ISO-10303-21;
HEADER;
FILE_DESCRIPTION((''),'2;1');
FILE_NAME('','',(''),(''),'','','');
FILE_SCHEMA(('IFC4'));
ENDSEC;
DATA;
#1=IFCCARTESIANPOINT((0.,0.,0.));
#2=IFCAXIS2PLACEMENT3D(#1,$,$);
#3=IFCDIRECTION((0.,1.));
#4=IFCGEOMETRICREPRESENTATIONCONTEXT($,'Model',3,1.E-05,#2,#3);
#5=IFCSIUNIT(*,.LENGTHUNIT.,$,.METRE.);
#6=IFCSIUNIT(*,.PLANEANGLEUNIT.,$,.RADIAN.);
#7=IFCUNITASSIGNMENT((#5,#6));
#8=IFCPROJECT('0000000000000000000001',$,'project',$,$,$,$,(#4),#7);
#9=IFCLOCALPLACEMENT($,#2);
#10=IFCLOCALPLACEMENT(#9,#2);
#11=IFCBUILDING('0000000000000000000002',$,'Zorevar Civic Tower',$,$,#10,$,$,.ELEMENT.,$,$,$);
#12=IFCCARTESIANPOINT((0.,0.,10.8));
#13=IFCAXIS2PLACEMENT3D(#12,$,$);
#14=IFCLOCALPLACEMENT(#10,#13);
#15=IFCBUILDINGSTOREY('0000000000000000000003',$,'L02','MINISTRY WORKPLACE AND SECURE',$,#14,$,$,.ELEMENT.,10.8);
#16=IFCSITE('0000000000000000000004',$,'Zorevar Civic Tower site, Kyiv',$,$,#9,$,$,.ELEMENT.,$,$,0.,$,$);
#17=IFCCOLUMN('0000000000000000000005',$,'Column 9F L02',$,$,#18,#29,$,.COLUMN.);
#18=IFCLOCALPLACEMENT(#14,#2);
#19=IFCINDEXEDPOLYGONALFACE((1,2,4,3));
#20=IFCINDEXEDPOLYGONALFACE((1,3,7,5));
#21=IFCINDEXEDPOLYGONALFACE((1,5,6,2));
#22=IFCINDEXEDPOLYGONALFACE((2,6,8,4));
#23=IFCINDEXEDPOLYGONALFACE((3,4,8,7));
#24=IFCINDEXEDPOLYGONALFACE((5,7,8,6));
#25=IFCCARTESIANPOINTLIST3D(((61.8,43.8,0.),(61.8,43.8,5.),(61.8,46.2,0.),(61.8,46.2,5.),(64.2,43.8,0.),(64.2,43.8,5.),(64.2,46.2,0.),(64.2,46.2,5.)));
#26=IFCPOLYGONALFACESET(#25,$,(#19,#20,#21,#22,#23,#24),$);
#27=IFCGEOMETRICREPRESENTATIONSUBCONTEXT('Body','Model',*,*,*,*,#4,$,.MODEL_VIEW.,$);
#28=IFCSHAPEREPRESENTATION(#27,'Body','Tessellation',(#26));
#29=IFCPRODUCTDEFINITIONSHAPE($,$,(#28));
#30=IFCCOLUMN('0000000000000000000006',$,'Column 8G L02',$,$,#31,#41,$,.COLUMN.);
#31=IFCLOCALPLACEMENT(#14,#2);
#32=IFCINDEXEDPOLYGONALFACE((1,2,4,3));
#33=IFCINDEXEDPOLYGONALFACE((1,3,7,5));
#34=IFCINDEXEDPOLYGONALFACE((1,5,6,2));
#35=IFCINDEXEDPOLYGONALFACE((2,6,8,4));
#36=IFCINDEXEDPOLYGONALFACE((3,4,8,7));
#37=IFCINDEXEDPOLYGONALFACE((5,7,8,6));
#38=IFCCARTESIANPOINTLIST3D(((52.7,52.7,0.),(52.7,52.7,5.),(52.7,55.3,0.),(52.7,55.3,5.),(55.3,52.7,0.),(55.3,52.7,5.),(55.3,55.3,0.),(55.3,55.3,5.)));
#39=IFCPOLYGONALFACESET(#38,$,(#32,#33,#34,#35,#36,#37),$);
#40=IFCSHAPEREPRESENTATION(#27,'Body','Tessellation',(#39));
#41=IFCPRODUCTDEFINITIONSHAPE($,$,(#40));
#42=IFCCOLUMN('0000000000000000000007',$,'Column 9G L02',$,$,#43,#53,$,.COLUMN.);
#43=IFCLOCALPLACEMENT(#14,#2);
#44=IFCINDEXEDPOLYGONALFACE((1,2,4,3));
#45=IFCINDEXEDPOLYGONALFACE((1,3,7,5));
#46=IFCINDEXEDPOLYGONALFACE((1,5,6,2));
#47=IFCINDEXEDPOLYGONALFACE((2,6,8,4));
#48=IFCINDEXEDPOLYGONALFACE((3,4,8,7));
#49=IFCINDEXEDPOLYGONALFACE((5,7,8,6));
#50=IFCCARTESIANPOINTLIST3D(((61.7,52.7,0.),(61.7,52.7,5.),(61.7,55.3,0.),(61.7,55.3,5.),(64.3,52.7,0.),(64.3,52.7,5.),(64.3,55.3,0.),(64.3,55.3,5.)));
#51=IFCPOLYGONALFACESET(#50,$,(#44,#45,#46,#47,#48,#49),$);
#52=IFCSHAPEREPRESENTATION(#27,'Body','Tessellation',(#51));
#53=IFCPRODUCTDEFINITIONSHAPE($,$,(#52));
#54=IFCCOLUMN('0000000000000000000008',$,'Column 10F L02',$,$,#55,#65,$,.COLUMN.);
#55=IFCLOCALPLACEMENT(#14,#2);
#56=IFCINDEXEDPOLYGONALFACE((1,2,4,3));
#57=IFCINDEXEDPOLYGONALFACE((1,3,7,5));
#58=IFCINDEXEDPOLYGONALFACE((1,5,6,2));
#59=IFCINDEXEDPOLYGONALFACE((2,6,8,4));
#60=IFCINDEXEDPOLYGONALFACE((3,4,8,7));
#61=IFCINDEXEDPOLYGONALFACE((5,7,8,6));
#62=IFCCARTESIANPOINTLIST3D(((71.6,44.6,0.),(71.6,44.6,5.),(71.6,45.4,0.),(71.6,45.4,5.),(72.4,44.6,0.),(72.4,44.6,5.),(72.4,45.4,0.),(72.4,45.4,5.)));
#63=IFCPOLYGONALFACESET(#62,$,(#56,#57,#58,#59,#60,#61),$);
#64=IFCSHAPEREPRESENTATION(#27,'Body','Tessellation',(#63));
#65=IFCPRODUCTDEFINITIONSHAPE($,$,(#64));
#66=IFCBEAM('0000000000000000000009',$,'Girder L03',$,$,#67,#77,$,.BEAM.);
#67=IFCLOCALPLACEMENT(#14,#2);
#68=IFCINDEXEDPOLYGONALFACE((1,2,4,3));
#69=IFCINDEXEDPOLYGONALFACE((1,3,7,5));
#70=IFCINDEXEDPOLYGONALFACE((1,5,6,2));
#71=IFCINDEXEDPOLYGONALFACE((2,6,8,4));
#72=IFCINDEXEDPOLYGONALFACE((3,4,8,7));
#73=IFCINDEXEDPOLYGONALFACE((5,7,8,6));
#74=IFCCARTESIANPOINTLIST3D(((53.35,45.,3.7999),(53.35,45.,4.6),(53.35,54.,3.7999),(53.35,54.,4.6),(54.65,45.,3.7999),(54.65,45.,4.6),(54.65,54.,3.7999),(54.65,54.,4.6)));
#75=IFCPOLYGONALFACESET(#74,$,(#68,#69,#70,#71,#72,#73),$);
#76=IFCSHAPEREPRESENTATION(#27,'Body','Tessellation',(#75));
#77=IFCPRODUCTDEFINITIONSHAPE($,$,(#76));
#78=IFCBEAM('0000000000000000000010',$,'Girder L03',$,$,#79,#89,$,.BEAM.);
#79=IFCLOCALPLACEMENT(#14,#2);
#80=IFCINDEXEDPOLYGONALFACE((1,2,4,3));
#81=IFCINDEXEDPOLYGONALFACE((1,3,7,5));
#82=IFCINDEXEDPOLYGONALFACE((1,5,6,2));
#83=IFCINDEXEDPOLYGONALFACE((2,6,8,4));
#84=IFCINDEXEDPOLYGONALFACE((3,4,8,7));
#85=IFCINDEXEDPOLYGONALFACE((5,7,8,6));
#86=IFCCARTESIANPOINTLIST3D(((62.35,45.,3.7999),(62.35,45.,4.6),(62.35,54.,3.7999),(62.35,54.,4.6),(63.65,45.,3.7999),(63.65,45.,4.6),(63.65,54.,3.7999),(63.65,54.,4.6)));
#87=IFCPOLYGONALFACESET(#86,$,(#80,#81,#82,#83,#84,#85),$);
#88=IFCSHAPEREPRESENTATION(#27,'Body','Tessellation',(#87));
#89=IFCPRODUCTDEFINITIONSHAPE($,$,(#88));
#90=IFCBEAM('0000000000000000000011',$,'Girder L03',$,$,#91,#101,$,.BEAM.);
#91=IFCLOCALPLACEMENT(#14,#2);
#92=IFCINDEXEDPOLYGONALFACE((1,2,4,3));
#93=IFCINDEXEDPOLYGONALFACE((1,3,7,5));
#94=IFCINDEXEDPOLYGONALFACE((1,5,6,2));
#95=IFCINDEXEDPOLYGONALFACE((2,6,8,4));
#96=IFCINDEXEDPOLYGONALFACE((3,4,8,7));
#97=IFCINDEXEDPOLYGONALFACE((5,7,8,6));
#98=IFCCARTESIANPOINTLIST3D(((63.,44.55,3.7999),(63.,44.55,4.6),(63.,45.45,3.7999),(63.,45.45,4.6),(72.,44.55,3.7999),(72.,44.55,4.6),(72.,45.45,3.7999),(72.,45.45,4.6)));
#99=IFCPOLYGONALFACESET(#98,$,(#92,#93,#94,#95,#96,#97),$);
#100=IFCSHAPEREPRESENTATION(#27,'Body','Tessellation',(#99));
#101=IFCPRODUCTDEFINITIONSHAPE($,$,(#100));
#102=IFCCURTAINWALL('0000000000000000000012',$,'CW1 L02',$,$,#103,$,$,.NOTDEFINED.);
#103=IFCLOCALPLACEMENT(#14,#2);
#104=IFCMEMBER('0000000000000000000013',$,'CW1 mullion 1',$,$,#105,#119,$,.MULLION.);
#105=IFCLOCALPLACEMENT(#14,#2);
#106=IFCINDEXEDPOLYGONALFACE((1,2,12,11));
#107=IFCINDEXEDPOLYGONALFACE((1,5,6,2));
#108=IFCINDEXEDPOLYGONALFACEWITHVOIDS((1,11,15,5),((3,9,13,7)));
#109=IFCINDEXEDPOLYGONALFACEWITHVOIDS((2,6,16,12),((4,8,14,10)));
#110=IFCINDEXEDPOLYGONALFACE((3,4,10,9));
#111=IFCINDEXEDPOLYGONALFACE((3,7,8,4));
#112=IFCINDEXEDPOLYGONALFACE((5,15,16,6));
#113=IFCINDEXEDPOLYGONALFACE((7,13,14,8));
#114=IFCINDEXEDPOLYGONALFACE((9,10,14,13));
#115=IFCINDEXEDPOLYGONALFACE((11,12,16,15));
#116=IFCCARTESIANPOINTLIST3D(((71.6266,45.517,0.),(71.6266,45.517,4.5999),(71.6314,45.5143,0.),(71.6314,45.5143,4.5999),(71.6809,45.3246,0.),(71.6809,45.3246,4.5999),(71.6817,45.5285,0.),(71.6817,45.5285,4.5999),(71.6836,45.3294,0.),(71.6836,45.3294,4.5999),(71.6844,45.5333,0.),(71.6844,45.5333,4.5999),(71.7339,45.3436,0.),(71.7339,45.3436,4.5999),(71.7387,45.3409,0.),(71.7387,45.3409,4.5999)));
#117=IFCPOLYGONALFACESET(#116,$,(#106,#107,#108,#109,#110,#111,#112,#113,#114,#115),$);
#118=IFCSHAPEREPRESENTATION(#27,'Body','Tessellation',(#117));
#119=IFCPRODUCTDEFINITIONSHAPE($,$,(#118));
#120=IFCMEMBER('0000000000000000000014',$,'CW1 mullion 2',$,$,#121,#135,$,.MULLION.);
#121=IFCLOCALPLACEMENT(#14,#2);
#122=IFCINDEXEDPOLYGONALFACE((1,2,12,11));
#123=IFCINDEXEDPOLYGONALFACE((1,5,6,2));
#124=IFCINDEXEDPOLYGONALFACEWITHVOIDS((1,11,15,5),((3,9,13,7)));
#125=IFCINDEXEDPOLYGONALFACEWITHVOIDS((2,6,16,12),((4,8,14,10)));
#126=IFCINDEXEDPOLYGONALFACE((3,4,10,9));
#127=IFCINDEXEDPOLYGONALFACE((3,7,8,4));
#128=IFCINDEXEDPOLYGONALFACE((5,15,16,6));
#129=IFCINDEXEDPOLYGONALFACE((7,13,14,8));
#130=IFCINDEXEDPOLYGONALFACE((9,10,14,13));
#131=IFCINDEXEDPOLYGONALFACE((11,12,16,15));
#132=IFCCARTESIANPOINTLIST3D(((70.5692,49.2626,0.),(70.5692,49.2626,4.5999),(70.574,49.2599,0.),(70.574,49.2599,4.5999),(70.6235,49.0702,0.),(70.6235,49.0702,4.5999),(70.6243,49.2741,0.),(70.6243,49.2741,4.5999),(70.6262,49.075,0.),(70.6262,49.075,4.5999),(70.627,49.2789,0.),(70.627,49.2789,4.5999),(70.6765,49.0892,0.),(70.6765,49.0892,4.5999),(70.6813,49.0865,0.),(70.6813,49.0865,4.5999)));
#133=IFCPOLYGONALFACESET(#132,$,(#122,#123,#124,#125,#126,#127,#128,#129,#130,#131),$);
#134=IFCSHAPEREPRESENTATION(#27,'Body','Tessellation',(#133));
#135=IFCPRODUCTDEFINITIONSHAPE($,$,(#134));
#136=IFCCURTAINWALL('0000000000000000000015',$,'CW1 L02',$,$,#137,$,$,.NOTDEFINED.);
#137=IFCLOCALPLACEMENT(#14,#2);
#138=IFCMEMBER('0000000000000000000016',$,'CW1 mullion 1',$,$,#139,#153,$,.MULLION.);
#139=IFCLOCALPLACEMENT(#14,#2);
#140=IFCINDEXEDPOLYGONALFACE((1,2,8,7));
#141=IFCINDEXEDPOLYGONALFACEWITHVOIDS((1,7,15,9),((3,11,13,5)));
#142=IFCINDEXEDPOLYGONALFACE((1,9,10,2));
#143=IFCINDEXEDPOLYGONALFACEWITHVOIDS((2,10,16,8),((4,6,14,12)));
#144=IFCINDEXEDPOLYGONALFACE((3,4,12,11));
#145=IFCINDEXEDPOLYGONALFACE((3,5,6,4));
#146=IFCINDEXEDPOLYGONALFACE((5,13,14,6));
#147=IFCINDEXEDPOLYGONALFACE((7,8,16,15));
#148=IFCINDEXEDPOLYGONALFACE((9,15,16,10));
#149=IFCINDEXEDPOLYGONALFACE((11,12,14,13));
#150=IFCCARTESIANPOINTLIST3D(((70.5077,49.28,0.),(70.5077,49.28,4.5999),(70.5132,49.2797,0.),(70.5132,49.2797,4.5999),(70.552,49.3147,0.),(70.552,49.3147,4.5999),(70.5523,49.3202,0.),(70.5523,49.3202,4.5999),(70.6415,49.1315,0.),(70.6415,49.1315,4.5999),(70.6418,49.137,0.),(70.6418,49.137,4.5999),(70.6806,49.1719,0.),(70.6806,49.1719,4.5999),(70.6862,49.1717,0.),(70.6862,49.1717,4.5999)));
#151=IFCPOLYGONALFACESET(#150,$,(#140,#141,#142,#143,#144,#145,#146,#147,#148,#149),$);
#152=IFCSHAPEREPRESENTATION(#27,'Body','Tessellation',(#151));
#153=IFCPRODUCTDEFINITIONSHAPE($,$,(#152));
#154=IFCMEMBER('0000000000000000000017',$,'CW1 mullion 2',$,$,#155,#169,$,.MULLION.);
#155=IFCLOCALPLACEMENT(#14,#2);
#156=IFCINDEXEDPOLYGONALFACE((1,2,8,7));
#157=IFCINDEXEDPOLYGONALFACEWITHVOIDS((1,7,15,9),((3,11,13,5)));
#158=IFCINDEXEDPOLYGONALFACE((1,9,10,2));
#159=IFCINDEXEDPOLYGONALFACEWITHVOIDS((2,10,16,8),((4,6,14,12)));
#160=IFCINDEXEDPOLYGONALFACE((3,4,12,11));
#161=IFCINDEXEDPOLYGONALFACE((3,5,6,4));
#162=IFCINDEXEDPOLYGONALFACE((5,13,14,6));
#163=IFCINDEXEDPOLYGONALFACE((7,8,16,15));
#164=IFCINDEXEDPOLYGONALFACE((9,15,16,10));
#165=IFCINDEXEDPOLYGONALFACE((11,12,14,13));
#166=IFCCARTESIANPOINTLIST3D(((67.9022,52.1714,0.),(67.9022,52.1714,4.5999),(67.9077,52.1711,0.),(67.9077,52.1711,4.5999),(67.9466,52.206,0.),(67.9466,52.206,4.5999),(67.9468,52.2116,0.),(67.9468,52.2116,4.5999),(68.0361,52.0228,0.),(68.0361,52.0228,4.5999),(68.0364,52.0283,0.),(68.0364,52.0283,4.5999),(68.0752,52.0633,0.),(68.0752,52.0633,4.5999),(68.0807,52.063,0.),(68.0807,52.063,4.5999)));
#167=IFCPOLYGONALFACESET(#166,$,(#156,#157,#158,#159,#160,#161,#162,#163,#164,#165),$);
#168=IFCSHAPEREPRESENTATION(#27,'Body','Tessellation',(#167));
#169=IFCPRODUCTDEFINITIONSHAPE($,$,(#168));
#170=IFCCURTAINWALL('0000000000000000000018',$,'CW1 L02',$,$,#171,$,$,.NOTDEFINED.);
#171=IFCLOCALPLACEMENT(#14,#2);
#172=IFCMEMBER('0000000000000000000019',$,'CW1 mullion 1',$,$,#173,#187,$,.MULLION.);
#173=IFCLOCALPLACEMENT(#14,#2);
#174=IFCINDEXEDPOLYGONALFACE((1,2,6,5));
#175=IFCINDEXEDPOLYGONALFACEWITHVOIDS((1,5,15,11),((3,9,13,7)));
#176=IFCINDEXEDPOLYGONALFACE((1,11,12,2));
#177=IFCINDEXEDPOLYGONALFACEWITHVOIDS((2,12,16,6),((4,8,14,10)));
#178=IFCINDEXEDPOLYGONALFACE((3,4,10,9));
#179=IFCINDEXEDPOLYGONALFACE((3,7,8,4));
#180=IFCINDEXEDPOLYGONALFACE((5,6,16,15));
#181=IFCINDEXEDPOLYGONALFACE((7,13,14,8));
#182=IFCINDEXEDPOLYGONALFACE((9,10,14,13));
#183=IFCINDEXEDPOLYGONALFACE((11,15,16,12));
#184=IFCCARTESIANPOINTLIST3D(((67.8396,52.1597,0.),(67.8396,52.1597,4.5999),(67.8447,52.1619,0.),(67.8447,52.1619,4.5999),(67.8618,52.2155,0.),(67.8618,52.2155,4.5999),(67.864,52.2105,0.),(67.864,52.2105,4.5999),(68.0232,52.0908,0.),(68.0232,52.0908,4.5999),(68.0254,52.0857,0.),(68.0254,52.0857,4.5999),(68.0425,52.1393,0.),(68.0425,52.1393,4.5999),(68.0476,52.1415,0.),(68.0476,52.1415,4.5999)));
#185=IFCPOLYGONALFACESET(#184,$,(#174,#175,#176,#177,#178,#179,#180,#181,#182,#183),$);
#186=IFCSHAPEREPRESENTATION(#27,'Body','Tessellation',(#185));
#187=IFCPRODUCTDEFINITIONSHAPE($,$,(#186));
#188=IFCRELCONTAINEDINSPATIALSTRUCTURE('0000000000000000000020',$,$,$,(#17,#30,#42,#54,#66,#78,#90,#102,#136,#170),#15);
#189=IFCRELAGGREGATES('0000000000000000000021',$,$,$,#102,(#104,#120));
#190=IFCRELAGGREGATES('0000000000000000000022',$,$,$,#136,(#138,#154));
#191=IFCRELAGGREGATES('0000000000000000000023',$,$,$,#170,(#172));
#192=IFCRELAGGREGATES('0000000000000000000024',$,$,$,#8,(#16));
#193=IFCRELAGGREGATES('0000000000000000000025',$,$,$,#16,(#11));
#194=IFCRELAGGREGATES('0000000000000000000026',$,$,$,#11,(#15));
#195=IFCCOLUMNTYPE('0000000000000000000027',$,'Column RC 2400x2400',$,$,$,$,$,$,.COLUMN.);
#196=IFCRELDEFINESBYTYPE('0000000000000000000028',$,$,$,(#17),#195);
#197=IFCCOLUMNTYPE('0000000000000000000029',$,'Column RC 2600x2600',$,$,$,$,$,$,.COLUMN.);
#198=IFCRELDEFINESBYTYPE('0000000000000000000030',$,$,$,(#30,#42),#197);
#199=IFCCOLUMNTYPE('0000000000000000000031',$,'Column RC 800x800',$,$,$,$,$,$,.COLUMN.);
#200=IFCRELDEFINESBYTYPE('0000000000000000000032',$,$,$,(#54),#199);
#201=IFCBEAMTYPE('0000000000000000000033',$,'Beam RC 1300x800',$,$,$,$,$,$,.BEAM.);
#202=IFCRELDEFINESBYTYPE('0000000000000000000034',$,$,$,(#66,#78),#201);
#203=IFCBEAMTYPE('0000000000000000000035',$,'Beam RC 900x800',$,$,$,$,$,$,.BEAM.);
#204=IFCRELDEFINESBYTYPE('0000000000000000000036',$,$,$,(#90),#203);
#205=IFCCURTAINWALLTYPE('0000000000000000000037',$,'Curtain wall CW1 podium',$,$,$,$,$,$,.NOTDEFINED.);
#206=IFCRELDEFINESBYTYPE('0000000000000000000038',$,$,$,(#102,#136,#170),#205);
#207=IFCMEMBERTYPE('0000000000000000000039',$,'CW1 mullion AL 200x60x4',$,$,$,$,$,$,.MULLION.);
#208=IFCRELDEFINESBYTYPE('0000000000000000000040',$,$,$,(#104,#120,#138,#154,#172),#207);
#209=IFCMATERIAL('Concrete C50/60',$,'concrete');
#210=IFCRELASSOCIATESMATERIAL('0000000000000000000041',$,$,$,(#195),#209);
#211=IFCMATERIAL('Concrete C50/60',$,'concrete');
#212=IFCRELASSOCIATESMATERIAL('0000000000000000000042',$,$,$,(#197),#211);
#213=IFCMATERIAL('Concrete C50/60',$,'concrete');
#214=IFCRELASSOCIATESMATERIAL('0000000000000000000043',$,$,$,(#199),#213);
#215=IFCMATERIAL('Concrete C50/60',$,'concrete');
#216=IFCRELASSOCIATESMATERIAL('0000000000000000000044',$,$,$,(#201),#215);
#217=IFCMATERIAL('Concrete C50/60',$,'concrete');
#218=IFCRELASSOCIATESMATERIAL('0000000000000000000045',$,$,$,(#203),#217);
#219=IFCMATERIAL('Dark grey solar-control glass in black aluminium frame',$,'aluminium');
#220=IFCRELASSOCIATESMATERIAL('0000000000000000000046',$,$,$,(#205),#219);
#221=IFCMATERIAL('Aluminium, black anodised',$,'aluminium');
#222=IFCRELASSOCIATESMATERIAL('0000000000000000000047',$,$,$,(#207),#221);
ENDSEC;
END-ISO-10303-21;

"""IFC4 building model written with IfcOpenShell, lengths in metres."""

from ifc_helpers import new_model, si_unit, direction, frame, origin, origin_2d, place, context, subcontext, project, spatial, rectangle, hollow_rectangle, extrude, material, material_profile, profile_set, type_object, element, aggregate, save


model = new_model("IFC4")

# Units and contexts
model_context = context("Model", 3, precision=1e-05, world=origin(), true_north=direction((0.0, 1.0)))
body_context = subcontext(model_context, "Body", "Model", "MODEL_VIEW")
ifc_project = project(units=[si_unit("LENGTHUNIT", "METRE"), si_unit("PLANEANGLEUNIT", "RADIAN")], contexts=[model_context])

# Site, building, storey
site_placement = place(None, origin())
site = spatial("IfcSite", under=ifc_project, at=site_placement, Name="Zorevar Civic Tower site, Kyiv", CompositionType="ELEMENT", RefElevation=0.0)
building_placement = place(site_placement, origin())
building = spatial("IfcBuilding", under=site, at=building_placement, Name="Zorevar Civic Tower", CompositionType="ELEMENT")
storey_placement = place(building_placement, frame((0.0, 0.0, 10.8)))
storey = spatial("IfcBuildingStorey", under=building, at=storey_placement, Name="L02", Description="MINISTRY WORKPLACE AND SECURE", CompositionType="ELEMENT", Elevation=10.8)

# Columns
ifc_material_1 = material(Name="Concrete C50/60", Category="concrete")
ifc_material_profile_1 = material_profile(ifc_material_1, rectangle(XDim=2.3999, YDim=2.3999, at=origin_2d()), Name="RC 2400x2400")
ifc_profile_set_1 = profile_set([ifc_material_profile_1], Name="Concrete C50/60")
column_type_1 = type_object("IfcColumnType", Name="Column RC 2400x2400", PredefinedType="COLUMN", material=ifc_profile_set_1)
column_1_placement = place(storey_placement, frame((63.0, 45.0, 0.0), z_axis=(0.0, 0.0, 1.0), x_axis=(1.0, 0.0, 0.0)))
element("IfcColumn", 1, at=column_1_placement, inside=storey, type_object=column_type_1, Name="Column 9F L02", PredefinedType="COLUMN", context=body_context, shape_type="SweptSolid", body=[
    extrude(rectangle(XDim=2.3999, YDim=2.3999, at=origin_2d()), origin(), (0.0, 0.0, 1.0), 5.0),
])
ifc_material_2 = material(Name="Concrete C50/60", Category="concrete")
ifc_material_profile_2 = material_profile(ifc_material_2, rectangle(XDim=2.6001, YDim=2.6001, at=origin_2d()), Name="RC 2600x2600")
ifc_profile_set_2 = profile_set([ifc_material_profile_2], Name="Concrete C50/60")
column_type_2 = type_object("IfcColumnType", Name="Column RC 2600x2600", PredefinedType="COLUMN", material=ifc_profile_set_2)
for number, where, z_axis, x_axis, name in (
    (2, (54.0, 54.0, 0.0), (0.0, 0.0, 1.0), (1.0, 0.0, 0.0), "Column 8G L02"),
    (3, (63.0, 54.0, 0.0), (0.0, 0.0, 1.0), (1.0, 0.0, 0.0), "Column 9G L02"),
):
    element("IfcColumn", number, at=place(storey_placement, frame(where, z_axis=z_axis, x_axis=x_axis)), inside=storey, type_object=column_type_2, Name=name, PredefinedType="COLUMN", context=body_context, shape_type="SweptSolid", body=[
        extrude(rectangle(XDim=2.6001, YDim=2.6001, at=origin_2d()), origin(), (0.0, 0.0, 1.0), 5.0),
    ])
ifc_material_3 = material(Name="Concrete C50/60", Category="concrete")
ifc_material_profile_3 = material_profile(ifc_material_3, rectangle(XDim=0.8, YDim=0.8, at=origin_2d()), Name="RC 800x800")
ifc_profile_set_3 = profile_set([ifc_material_profile_3], Name="Concrete C50/60")
column_type_3 = type_object("IfcColumnType", Name="Column RC 800x800", PredefinedType="COLUMN", material=ifc_profile_set_3)
column_2_placement = place(storey_placement, frame((72.0, 45.0, 0.0), z_axis=(0.0, 0.0, 1.0), x_axis=(1.0, 0.0, 0.0)))
element("IfcColumn", 4, at=column_2_placement, inside=storey, type_object=column_type_3, Name="Column 10F L02", PredefinedType="COLUMN", context=body_context, shape_type="SweptSolid", body=[
    extrude(rectangle(XDim=0.8, YDim=0.8, at=origin_2d()), origin(), (0.0, 0.0, 1.0), 5.0),
])

# Beams
ifc_material_4 = material(Name="Concrete C50/60", Category="concrete")
ifc_material_profile_4 = material_profile(ifc_material_4, rectangle(XDim=1.3, YDim=0.8, at=origin_2d()), Name="RC 1300x800")
ifc_profile_set_4 = profile_set([ifc_material_profile_4], Name="Concrete C50/60")
beam_type_1 = type_object("IfcBeamType", Name="Beam RC 1300x800", PredefinedType="BEAM", material=ifc_profile_set_4)
for number, where, z_axis, x_axis, name in (
    (5, (54.0, 45.0, 4.2), (0.0, 1.0, 0.0), (-1.0, 0.0, 0.0), "Girder L03"),
    (6, (63.0, 45.0, 4.2), (0.0, 1.0, 0.0), (-1.0, 0.0, 0.0), "Girder L03"),
):
    element("IfcBeam", number, at=place(storey_placement, frame(where, z_axis=z_axis, x_axis=x_axis)), inside=storey, type_object=beam_type_1, Name=name, PredefinedType="BEAM", context=body_context, shape_type="SweptSolid", body=[
        extrude(rectangle(XDim=1.3, YDim=0.8, at=origin_2d()), origin(), (0.0, 0.0, 1.0), 9.0),
    ])
ifc_material_5 = material(Name="Concrete C50/60", Category="concrete")
ifc_material_profile_5 = material_profile(ifc_material_5, rectangle(XDim=0.8999, YDim=0.8, at=origin_2d()), Name="RC 900x800")
ifc_profile_set_5 = profile_set([ifc_material_profile_5], Name="Concrete C50/60")
beam_type_2 = type_object("IfcBeamType", Name="Beam RC 900x800", PredefinedType="BEAM", material=ifc_profile_set_5)
beam_1_placement = place(storey_placement, frame((63.0, 45.0, 4.2), z_axis=(1.0, 0.0, 0.0), x_axis=(0.0, 1.0, 0.0)))
element("IfcBeam", 7, at=beam_1_placement, inside=storey, type_object=beam_type_2, Name="Girder L03", PredefinedType="BEAM", context=body_context, shape_type="SweptSolid", body=[
    extrude(rectangle(XDim=0.8999, YDim=0.8, at=origin_2d()), origin(), (0.0, 0.0, 1.0), 9.0),
])

# Curtain walls, members
ifc_material_6 = material(Name="Dark grey solar-control glass in black aluminium frame", Category="aluminium")
curtain_wall_type = type_object("IfcCurtainWallType", Name="Curtain wall CW1 podium", PredefinedType="NOTDEFINED", material=ifc_material_6)
curtain_wall_1_placement = place(storey_placement, origin())
curtain_wall_1 = element("IfcCurtainWall", 8, at=curtain_wall_1_placement, inside=storey, type_object=curtain_wall_type, Name="CW1 L02", PredefinedType="NOTDEFINED")
ifc_material_7 = material(Name="Aluminium, black anodised", Category="aluminium")
ifc_material_profile_6 = material_profile(ifc_material_7, hollow_rectangle(XDim=0.0601, YDim=0.2, WallThickness=0.0039, at=origin_2d()), Name="AL 200x60x4")
ifc_profile_set_6 = profile_set([ifc_material_profile_6], Name="Aluminium, black anodised")
member_type_1 = type_object("IfcMemberType", Name="CW1 mullion AL 200x60x4", PredefinedType="MULLION", material=ifc_profile_set_6)
member_1_placement = place(storey_placement, frame((71.6826, 45.429, 0.0), z_axis=(0.0, 0.0, 1.0), x_axis=(-0.962391, -0.271669, 0.0)))
member_1 = element("IfcMember", 9, at=member_1_placement, type_object=member_type_1, Name="CW1 mullion 1", PredefinedType="MULLION", context=body_context, shape_type="SweptSolid", body=[
    extrude(hollow_rectangle(XDim=0.0601, YDim=0.2, WallThickness=0.0039, at=origin_2d()), origin(), (0.0, 0.0, 1.0), 4.5999),
])
member_2_placement = place(storey_placement, frame((70.6252, 49.1746, 0.0), z_axis=(0.0, 0.0, 1.0), x_axis=(-0.962391, -0.271669, 0.0)))
member_2 = element("IfcMember", 10, at=member_2_placement, type_object=member_type_1, Name="CW1 mullion 2", PredefinedType="MULLION", context=body_context, shape_type="SweptSolid", body=[
    extrude(hollow_rectangle(XDim=0.0601, YDim=0.2, WallThickness=0.0039, at=origin_2d()), origin(), (0.0, 0.0, 1.0), 4.5999),
])
curtain_wall_2_placement = place(storey_placement, origin())
curtain_wall_2 = element("IfcCurtainWall", 11, at=curtain_wall_2_placement, inside=storey, type_object=curtain_wall_type, Name="CW1 L02", PredefinedType="NOTDEFINED")
member_3_placement = place(storey_placement, frame((70.5969, 49.2258, 0.0), z_axis=(0.0, 0.0, 1.0), x_axis=(-0.7429, -0.669403, 0.0)))
member_3 = element("IfcMember", 12, at=member_3_placement, type_object=member_type_1, Name="CW1 mullion 1", PredefinedType="MULLION", context=body_context, shape_type="SweptSolid", body=[
    extrude(hollow_rectangle(XDim=0.0601, YDim=0.2, WallThickness=0.0039, at=origin_2d()), origin(), (0.0, 0.0, 1.0), 4.5999),
])
member_4_placement = place(storey_placement, frame((67.9915, 52.1172, 0.0), z_axis=(0.0, 0.0, 1.0), x_axis=(-0.7429, -0.669403, 0.0)))
member_4 = element("IfcMember", 13, at=member_4_placement, type_object=member_type_1, Name="CW1 mullion 2", PredefinedType="MULLION", context=body_context, shape_type="SweptSolid", body=[
    extrude(hollow_rectangle(XDim=0.0601, YDim=0.2, WallThickness=0.0039, at=origin_2d()), origin(), (0.0, 0.0, 1.0), 4.5999),
])
curtain_wall_3_placement = place(storey_placement, origin())
curtain_wall_3 = element("IfcCurtainWall", 14, at=curtain_wall_3_placement, inside=storey, type_object=curtain_wall_type, Name="CW1 L02", PredefinedType="NOTDEFINED")
member_5_placement = place(storey_placement, frame((67.9436, 52.1506, 0.0), z_axis=(0.0, 0.0, 1.0), x_axis=(-0.370111, -0.928988, 0.0)))
member_5 = element("IfcMember", 15, at=member_5_placement, type_object=member_type_1, Name="CW1 mullion 1", PredefinedType="MULLION", context=body_context, shape_type="SweptSolid", body=[
    extrude(hollow_rectangle(XDim=0.0601, YDim=0.2, WallThickness=0.0039, at=origin_2d()), origin(), (0.0, 0.0, 1.0), 4.5999),
])

aggregate(curtain_wall_1, [member_1, member_2])
aggregate(curtain_wall_2, [member_3, member_4])
aggregate(curtain_wall_3, [member_5])

save(model, "model.ifc")
